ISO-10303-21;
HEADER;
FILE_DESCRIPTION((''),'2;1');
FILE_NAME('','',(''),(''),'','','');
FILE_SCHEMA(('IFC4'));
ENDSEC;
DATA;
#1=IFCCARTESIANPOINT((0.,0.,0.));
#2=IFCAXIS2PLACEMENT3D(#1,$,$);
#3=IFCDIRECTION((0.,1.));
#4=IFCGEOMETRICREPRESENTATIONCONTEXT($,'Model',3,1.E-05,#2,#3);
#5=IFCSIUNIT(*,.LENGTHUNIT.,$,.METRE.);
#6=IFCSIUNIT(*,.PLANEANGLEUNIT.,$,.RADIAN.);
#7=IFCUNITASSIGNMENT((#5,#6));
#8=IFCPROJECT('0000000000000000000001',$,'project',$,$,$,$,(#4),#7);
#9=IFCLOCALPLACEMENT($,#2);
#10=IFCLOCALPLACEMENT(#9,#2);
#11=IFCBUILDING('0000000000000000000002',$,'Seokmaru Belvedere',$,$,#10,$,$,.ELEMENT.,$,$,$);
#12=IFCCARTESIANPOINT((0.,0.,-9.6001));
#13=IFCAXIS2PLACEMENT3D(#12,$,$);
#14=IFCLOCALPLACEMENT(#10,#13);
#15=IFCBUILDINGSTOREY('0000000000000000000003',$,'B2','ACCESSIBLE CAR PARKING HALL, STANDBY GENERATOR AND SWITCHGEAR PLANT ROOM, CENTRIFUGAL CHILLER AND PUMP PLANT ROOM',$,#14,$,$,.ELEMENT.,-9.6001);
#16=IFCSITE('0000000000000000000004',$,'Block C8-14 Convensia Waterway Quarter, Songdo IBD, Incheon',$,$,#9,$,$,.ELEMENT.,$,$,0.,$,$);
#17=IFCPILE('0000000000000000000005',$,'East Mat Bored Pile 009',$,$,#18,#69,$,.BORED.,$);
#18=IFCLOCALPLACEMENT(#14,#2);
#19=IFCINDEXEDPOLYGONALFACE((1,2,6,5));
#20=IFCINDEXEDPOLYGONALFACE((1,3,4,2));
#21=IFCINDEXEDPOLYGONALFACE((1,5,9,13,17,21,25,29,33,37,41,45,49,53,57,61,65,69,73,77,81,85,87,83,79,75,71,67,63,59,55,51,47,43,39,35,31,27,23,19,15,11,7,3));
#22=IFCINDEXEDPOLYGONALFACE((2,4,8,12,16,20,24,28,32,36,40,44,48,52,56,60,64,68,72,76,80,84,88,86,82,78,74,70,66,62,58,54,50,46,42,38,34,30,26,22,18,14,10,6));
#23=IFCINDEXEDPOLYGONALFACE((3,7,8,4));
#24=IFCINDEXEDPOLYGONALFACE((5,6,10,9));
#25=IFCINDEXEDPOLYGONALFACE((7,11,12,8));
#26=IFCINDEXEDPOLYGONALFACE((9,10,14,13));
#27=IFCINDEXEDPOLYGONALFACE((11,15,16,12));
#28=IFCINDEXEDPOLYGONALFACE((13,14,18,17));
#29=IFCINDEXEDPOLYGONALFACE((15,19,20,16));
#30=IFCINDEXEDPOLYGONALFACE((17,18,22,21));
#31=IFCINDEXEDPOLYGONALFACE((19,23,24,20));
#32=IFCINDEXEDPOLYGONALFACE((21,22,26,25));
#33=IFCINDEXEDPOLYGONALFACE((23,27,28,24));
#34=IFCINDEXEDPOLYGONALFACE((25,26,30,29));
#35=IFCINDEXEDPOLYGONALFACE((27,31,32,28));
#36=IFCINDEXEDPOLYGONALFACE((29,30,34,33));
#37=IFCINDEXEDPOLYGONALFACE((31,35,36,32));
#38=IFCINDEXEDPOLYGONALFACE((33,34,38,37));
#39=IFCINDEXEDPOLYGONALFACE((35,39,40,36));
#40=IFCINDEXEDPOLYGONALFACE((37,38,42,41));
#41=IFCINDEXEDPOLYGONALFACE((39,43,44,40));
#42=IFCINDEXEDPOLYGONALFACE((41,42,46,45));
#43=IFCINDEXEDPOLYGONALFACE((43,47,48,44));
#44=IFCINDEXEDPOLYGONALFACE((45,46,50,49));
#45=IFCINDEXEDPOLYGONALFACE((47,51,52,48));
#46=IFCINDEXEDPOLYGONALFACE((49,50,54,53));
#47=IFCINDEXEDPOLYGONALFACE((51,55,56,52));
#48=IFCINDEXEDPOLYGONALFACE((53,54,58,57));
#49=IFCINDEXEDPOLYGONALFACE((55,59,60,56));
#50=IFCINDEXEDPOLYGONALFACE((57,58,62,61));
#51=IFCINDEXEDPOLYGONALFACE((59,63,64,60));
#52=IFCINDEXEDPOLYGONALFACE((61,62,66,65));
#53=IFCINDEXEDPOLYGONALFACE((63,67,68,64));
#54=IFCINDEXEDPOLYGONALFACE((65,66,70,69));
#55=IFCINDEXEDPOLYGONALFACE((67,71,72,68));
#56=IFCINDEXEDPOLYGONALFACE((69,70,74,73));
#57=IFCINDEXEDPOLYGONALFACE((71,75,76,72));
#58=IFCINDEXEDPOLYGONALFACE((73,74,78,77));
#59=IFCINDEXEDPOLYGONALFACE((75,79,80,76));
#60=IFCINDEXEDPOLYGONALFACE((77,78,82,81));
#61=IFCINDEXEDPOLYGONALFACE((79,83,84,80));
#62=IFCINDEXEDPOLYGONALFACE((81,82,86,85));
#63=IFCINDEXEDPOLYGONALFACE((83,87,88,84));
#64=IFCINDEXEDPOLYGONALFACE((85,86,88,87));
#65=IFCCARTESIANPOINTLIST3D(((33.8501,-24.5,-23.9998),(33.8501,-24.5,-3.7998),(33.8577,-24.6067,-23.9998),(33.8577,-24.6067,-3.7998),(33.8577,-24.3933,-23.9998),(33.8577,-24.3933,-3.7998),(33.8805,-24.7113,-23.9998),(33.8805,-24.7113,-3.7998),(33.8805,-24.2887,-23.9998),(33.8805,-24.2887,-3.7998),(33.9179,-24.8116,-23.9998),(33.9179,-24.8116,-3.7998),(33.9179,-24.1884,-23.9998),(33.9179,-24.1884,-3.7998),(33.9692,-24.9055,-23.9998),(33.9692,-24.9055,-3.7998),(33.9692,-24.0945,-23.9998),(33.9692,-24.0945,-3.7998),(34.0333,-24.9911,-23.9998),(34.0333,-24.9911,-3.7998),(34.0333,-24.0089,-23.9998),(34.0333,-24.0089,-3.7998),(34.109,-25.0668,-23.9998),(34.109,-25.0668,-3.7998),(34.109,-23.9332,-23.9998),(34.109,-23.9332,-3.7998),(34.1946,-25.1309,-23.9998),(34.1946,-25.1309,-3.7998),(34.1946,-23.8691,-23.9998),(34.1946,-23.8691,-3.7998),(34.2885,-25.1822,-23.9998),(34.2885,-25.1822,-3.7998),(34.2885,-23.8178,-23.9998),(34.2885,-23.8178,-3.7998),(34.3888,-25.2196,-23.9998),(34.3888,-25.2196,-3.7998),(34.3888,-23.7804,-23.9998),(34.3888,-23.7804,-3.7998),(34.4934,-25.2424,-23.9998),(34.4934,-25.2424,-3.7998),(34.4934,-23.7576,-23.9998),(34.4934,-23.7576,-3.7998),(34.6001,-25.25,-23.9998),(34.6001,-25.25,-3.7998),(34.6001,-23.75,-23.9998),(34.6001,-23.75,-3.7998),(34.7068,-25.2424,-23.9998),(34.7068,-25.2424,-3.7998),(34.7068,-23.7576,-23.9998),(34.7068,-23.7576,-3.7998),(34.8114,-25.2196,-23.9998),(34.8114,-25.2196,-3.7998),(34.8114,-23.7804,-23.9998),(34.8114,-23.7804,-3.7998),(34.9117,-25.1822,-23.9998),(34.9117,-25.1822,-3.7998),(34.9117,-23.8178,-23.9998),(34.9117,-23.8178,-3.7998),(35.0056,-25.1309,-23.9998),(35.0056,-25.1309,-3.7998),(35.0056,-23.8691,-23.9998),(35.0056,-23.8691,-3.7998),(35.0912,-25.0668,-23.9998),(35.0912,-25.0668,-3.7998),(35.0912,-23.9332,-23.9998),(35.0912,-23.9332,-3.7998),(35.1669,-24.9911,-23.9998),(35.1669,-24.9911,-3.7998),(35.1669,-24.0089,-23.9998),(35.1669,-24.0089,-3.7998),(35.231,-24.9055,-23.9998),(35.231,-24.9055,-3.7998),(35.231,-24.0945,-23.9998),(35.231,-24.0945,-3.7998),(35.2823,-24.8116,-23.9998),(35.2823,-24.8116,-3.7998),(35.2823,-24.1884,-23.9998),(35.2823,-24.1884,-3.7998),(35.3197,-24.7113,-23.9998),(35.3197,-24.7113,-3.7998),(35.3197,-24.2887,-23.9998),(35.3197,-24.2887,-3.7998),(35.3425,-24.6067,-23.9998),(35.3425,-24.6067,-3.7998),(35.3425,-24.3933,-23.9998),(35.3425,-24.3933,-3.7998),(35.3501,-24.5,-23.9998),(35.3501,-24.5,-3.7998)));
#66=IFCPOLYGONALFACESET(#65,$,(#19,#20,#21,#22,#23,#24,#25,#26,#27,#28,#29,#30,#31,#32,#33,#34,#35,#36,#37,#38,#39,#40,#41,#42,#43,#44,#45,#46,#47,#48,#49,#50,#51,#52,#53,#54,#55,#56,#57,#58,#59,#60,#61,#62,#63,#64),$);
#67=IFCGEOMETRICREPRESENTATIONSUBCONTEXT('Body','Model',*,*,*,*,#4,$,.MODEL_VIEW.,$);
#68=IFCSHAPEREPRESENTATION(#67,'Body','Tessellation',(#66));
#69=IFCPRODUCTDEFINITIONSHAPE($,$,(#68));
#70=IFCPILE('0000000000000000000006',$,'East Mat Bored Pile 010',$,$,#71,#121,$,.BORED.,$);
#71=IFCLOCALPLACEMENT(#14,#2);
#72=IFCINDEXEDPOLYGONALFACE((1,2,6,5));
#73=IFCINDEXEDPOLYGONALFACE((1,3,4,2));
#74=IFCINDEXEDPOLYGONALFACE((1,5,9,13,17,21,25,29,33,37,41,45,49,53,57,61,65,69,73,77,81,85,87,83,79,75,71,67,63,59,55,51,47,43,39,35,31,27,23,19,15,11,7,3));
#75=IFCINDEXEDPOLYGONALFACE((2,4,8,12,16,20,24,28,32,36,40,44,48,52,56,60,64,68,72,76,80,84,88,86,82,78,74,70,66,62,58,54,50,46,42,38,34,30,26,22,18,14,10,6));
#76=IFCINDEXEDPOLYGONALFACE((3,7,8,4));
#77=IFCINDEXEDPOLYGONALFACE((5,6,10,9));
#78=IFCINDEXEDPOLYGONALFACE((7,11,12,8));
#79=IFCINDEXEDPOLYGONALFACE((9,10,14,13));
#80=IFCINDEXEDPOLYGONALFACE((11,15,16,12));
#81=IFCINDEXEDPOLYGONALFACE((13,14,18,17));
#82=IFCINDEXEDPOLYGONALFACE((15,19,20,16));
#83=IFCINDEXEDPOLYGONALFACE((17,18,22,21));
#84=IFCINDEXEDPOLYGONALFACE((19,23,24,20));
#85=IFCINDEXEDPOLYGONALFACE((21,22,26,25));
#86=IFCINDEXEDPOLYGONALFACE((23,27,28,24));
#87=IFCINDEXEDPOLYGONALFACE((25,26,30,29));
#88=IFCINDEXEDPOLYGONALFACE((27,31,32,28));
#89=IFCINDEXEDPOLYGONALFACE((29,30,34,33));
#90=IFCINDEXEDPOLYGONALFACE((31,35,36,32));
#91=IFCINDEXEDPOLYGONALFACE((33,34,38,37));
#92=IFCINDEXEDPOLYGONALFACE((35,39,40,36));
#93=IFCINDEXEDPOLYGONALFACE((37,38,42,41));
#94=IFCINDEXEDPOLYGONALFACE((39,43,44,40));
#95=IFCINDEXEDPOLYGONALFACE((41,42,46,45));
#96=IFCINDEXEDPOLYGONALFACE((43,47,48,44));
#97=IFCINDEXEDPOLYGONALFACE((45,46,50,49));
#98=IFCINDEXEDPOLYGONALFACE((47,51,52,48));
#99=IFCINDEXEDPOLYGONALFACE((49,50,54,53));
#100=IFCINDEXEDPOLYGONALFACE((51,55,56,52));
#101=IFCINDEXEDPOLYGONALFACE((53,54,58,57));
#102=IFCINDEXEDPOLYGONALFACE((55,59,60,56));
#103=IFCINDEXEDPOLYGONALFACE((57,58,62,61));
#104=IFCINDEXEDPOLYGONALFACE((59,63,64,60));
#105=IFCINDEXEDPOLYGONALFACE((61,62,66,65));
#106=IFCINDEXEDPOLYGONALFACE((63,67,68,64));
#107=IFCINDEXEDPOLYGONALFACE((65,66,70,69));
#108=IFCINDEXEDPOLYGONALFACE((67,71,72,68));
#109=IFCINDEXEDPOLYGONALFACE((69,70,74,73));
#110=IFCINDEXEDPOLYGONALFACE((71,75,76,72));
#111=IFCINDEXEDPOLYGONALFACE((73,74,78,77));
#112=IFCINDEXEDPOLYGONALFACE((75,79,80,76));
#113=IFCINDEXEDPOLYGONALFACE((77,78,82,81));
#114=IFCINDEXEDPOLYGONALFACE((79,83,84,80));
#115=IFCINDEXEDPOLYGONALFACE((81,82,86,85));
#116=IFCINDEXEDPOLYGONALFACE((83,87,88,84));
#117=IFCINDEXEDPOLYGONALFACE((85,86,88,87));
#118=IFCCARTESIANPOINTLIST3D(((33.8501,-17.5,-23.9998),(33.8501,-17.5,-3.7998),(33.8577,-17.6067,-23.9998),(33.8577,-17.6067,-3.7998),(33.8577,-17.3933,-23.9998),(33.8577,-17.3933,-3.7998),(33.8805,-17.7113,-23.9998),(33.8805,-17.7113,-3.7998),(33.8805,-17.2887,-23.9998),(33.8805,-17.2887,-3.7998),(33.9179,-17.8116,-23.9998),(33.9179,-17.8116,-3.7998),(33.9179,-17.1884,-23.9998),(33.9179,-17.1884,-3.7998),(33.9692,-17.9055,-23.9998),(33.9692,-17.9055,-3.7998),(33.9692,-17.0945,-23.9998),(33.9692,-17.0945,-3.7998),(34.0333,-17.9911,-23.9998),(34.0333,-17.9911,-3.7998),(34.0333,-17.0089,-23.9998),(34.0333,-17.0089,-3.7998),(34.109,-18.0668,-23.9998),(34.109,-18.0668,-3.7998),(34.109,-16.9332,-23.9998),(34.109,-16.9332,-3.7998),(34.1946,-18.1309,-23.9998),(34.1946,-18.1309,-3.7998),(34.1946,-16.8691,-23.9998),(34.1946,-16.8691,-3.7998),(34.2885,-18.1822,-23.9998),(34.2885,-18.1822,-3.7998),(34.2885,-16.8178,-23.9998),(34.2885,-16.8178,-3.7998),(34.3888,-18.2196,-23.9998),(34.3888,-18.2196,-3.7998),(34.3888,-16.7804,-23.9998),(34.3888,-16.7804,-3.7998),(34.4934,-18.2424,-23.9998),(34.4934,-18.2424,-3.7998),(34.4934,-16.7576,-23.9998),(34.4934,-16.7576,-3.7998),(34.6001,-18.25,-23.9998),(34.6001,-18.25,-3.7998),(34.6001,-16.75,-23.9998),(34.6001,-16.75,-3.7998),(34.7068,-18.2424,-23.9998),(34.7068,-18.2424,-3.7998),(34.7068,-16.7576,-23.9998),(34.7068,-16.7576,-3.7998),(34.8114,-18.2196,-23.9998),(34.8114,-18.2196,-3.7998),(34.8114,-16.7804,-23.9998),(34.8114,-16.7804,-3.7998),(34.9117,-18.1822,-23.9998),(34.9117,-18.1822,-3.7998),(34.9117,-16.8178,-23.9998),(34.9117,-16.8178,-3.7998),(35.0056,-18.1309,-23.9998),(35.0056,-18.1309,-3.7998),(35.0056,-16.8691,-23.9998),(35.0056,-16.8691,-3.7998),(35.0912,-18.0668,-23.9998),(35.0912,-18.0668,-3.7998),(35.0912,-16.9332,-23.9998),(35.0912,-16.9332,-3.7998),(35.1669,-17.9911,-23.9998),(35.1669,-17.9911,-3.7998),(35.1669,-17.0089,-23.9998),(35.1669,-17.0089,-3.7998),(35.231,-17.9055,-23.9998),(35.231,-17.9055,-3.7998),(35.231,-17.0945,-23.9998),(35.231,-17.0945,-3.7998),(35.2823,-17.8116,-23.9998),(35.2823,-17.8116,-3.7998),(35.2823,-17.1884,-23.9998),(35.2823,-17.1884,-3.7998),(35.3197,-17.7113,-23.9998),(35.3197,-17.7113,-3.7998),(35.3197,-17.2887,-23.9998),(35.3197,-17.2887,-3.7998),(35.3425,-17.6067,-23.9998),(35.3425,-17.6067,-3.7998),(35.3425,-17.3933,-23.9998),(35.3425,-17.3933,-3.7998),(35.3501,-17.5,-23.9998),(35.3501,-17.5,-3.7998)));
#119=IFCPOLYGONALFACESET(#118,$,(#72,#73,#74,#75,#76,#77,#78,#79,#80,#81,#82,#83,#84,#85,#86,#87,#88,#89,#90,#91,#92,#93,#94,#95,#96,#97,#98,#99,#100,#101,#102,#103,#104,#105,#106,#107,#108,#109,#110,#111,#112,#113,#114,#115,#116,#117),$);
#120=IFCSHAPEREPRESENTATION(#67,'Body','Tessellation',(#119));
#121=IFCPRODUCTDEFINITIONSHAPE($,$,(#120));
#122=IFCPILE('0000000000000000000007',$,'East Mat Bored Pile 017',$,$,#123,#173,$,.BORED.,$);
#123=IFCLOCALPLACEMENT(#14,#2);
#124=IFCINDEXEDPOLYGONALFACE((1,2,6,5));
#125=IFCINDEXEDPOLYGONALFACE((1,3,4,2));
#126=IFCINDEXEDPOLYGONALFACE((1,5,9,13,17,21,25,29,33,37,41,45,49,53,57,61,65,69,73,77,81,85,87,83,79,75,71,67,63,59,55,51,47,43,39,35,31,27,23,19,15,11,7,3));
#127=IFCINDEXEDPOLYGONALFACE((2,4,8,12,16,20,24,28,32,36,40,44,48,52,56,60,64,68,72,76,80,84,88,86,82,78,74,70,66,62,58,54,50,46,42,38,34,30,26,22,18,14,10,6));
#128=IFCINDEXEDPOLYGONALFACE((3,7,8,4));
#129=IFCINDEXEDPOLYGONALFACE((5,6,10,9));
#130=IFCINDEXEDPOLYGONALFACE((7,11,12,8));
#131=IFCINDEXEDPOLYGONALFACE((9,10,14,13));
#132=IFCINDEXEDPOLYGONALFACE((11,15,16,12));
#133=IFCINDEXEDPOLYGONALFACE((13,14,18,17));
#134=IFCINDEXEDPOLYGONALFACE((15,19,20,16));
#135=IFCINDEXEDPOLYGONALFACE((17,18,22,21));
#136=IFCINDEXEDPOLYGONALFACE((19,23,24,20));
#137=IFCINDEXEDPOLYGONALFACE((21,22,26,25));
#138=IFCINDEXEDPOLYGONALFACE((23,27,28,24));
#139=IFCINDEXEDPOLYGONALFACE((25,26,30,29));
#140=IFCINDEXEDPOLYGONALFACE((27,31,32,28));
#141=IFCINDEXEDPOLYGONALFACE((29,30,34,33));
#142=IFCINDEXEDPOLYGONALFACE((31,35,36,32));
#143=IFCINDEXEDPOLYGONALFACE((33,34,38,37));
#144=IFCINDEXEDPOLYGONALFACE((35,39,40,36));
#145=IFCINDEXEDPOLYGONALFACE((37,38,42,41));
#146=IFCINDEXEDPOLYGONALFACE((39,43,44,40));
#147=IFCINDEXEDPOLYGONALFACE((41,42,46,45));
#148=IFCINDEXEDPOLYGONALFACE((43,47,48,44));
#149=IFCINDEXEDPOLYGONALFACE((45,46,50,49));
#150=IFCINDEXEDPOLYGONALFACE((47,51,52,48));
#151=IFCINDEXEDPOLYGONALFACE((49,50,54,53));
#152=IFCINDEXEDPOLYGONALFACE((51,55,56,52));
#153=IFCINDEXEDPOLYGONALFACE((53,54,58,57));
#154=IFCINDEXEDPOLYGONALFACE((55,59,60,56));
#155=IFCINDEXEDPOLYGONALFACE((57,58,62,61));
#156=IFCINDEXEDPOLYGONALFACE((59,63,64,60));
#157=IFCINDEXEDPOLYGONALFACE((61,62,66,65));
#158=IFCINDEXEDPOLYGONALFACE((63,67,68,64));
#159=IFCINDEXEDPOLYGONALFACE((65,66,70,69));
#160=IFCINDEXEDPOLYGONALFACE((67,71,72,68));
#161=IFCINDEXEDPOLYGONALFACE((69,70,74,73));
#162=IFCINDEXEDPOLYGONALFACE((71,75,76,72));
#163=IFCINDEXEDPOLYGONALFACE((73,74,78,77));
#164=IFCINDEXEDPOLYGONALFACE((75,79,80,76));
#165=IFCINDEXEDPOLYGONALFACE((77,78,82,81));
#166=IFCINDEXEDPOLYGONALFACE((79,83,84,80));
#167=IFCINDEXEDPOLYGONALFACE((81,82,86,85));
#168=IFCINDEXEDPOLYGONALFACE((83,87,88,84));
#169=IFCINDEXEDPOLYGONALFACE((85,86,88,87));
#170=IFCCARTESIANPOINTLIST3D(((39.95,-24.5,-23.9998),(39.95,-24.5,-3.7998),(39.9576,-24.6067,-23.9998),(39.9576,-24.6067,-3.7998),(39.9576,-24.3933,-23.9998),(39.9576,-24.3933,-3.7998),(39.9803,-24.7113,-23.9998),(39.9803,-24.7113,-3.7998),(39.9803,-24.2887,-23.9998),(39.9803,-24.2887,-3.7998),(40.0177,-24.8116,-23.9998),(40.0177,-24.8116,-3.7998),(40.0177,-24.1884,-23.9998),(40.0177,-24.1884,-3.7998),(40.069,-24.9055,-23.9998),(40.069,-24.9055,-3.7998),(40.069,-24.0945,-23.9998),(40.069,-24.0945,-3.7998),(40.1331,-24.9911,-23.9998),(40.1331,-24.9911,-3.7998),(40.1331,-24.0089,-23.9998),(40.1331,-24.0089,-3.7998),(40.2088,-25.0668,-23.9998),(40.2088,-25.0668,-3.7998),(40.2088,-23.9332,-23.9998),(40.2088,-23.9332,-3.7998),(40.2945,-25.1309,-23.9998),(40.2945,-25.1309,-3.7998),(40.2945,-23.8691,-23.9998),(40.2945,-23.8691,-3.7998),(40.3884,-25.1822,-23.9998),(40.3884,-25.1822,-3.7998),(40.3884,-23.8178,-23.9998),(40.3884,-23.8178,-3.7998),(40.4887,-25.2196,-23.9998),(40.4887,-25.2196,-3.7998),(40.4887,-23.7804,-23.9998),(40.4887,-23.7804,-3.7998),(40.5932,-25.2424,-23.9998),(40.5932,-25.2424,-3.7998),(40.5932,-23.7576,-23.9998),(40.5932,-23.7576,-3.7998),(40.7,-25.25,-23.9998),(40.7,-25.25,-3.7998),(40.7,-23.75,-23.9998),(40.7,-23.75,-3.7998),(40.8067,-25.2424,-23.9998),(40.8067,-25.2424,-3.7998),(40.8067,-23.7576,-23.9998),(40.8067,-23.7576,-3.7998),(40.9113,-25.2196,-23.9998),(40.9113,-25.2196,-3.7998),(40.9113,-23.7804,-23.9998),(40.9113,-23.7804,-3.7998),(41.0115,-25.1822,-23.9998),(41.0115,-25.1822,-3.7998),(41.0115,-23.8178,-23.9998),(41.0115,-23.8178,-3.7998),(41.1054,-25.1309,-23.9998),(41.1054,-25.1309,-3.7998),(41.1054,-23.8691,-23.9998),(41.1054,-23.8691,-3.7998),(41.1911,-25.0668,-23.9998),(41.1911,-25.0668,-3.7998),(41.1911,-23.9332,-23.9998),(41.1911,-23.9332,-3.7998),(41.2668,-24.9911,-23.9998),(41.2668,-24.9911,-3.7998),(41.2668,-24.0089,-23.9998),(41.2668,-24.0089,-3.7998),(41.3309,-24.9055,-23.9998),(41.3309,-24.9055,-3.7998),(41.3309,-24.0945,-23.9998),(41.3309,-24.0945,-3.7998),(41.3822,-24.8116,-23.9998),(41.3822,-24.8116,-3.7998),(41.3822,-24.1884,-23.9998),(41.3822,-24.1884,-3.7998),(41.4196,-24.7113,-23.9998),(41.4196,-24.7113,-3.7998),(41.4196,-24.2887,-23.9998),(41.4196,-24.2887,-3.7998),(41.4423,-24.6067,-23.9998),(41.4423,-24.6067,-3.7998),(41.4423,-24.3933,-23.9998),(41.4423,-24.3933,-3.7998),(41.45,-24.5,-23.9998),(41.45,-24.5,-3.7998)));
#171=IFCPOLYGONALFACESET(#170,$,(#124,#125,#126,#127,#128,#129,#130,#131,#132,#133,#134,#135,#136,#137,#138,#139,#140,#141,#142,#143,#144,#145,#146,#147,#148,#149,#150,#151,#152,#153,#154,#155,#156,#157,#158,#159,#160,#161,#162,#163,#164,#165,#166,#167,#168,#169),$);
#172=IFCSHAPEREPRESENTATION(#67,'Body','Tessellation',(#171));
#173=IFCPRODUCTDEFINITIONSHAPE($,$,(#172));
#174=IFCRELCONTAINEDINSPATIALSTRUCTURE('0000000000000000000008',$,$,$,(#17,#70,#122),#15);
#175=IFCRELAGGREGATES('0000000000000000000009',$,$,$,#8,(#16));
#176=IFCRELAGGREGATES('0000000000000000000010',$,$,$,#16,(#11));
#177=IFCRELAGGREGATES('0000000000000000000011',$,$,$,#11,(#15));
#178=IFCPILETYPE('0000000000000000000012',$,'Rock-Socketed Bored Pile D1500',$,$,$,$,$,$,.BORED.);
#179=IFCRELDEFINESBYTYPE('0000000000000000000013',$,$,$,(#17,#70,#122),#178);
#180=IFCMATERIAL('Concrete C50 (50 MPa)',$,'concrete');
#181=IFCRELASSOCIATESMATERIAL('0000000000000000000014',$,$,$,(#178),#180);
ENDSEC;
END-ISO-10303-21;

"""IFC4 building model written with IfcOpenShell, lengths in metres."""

from ifc_helpers import new_model, si_unit, direction, frame, origin, origin_2d, place, context, subcontext, project, spatial, circle, extrude, source, transform, mapped, material, material_profile, profile_set, type_object, type_shapes, element, save


model = new_model("IFC4")

# Units and contexts
model_context = context("Model", 3, precision=1e-05, world=origin(), true_north=direction((0.0, 1.0)))
body_context = subcontext(model_context, "Body", "Model", "MODEL_VIEW")
ifc_project = project(units=[si_unit("LENGTHUNIT", "METRE"), si_unit("PLANEANGLEUNIT", "RADIAN")], contexts=[model_context])

# Site, building, storey
site_placement = place(None, origin())
site = spatial("IfcSite", under=ifc_project, at=site_placement, Name="Block C8-14 Convensia Waterway Quarter, Songdo IBD, Incheon", CompositionType="ELEMENT", RefElevation=0.0)
building_placement = place(site_placement, origin())
building = spatial("IfcBuilding", under=site, at=building_placement, Name="Seokmaru Belvedere", CompositionType="ELEMENT")
storey_placement = place(building_placement, frame((0.0, 0.0, -9.6001)))
storey = spatial("IfcBuildingStorey", under=building, at=storey_placement, Name="B2", Description="ACCESSIBLE CAR PARKING HALL, STANDBY GENERATOR AND SWITCHGEAR PLANT ROOM, CENTRIFUGAL CHILLER AND PUMP PLANT ROOM", CompositionType="ELEMENT", Elevation=-9.6001)

# Piles
ifc_material_1 = material(Name="Concrete C50 (50 MPa)", Category="concrete")
ifc_material_profile_1 = material_profile(ifc_material_1, circle(Radius=0.75, at=origin_2d()), Name="PILE-D1500")
ifc_profile_set_1 = profile_set([ifc_material_profile_1], Name="Concrete C50 (50 MPa)")
pile_type = type_object("IfcPileType", Name="Rock-Socketed Bored Pile D1500", PredefinedType="BORED", material=ifc_profile_set_1)
shared_shape_1 = source(origin(), body_context, "Body", "SweptSolid", [
    extrude(circle(Radius=0.75, at=origin_2d()), origin(), (0.0, 0.0, 1.0), 20.2),
])
type_shapes(pile_type, [shared_shape_1])
for number, where, z_axis, x_axis, name in (
    (1, (34.6001, -24.5, -3.7998), (0.0, 0.0, -1.0), (1.0, 0.0, 0.0), "East Mat Bored Pile 009"),
    (2, (34.6001, -17.5, -3.7998), (0.0, 0.0, -1.0), (1.0, 0.0, 0.0), "East Mat Bored Pile 010"),
    (3, (40.7, -24.5, -3.7998), (0.0, 0.0, -1.0), (1.0, 0.0, 0.0), "East Mat Bored Pile 017"),
):
    element("IfcPile", number, at=place(storey_placement, frame(where, z_axis=z_axis, x_axis=x_axis)), inside=storey, type_object=pile_type, Name=name, PredefinedType="BORED", context=body_context, shape_type="MappedRepresentation", body=[
        mapped(shared_shape_1, transform((0.0, 0.0, 0.0), scale=1.0)),
    ])

save(model, "model.ifc")
